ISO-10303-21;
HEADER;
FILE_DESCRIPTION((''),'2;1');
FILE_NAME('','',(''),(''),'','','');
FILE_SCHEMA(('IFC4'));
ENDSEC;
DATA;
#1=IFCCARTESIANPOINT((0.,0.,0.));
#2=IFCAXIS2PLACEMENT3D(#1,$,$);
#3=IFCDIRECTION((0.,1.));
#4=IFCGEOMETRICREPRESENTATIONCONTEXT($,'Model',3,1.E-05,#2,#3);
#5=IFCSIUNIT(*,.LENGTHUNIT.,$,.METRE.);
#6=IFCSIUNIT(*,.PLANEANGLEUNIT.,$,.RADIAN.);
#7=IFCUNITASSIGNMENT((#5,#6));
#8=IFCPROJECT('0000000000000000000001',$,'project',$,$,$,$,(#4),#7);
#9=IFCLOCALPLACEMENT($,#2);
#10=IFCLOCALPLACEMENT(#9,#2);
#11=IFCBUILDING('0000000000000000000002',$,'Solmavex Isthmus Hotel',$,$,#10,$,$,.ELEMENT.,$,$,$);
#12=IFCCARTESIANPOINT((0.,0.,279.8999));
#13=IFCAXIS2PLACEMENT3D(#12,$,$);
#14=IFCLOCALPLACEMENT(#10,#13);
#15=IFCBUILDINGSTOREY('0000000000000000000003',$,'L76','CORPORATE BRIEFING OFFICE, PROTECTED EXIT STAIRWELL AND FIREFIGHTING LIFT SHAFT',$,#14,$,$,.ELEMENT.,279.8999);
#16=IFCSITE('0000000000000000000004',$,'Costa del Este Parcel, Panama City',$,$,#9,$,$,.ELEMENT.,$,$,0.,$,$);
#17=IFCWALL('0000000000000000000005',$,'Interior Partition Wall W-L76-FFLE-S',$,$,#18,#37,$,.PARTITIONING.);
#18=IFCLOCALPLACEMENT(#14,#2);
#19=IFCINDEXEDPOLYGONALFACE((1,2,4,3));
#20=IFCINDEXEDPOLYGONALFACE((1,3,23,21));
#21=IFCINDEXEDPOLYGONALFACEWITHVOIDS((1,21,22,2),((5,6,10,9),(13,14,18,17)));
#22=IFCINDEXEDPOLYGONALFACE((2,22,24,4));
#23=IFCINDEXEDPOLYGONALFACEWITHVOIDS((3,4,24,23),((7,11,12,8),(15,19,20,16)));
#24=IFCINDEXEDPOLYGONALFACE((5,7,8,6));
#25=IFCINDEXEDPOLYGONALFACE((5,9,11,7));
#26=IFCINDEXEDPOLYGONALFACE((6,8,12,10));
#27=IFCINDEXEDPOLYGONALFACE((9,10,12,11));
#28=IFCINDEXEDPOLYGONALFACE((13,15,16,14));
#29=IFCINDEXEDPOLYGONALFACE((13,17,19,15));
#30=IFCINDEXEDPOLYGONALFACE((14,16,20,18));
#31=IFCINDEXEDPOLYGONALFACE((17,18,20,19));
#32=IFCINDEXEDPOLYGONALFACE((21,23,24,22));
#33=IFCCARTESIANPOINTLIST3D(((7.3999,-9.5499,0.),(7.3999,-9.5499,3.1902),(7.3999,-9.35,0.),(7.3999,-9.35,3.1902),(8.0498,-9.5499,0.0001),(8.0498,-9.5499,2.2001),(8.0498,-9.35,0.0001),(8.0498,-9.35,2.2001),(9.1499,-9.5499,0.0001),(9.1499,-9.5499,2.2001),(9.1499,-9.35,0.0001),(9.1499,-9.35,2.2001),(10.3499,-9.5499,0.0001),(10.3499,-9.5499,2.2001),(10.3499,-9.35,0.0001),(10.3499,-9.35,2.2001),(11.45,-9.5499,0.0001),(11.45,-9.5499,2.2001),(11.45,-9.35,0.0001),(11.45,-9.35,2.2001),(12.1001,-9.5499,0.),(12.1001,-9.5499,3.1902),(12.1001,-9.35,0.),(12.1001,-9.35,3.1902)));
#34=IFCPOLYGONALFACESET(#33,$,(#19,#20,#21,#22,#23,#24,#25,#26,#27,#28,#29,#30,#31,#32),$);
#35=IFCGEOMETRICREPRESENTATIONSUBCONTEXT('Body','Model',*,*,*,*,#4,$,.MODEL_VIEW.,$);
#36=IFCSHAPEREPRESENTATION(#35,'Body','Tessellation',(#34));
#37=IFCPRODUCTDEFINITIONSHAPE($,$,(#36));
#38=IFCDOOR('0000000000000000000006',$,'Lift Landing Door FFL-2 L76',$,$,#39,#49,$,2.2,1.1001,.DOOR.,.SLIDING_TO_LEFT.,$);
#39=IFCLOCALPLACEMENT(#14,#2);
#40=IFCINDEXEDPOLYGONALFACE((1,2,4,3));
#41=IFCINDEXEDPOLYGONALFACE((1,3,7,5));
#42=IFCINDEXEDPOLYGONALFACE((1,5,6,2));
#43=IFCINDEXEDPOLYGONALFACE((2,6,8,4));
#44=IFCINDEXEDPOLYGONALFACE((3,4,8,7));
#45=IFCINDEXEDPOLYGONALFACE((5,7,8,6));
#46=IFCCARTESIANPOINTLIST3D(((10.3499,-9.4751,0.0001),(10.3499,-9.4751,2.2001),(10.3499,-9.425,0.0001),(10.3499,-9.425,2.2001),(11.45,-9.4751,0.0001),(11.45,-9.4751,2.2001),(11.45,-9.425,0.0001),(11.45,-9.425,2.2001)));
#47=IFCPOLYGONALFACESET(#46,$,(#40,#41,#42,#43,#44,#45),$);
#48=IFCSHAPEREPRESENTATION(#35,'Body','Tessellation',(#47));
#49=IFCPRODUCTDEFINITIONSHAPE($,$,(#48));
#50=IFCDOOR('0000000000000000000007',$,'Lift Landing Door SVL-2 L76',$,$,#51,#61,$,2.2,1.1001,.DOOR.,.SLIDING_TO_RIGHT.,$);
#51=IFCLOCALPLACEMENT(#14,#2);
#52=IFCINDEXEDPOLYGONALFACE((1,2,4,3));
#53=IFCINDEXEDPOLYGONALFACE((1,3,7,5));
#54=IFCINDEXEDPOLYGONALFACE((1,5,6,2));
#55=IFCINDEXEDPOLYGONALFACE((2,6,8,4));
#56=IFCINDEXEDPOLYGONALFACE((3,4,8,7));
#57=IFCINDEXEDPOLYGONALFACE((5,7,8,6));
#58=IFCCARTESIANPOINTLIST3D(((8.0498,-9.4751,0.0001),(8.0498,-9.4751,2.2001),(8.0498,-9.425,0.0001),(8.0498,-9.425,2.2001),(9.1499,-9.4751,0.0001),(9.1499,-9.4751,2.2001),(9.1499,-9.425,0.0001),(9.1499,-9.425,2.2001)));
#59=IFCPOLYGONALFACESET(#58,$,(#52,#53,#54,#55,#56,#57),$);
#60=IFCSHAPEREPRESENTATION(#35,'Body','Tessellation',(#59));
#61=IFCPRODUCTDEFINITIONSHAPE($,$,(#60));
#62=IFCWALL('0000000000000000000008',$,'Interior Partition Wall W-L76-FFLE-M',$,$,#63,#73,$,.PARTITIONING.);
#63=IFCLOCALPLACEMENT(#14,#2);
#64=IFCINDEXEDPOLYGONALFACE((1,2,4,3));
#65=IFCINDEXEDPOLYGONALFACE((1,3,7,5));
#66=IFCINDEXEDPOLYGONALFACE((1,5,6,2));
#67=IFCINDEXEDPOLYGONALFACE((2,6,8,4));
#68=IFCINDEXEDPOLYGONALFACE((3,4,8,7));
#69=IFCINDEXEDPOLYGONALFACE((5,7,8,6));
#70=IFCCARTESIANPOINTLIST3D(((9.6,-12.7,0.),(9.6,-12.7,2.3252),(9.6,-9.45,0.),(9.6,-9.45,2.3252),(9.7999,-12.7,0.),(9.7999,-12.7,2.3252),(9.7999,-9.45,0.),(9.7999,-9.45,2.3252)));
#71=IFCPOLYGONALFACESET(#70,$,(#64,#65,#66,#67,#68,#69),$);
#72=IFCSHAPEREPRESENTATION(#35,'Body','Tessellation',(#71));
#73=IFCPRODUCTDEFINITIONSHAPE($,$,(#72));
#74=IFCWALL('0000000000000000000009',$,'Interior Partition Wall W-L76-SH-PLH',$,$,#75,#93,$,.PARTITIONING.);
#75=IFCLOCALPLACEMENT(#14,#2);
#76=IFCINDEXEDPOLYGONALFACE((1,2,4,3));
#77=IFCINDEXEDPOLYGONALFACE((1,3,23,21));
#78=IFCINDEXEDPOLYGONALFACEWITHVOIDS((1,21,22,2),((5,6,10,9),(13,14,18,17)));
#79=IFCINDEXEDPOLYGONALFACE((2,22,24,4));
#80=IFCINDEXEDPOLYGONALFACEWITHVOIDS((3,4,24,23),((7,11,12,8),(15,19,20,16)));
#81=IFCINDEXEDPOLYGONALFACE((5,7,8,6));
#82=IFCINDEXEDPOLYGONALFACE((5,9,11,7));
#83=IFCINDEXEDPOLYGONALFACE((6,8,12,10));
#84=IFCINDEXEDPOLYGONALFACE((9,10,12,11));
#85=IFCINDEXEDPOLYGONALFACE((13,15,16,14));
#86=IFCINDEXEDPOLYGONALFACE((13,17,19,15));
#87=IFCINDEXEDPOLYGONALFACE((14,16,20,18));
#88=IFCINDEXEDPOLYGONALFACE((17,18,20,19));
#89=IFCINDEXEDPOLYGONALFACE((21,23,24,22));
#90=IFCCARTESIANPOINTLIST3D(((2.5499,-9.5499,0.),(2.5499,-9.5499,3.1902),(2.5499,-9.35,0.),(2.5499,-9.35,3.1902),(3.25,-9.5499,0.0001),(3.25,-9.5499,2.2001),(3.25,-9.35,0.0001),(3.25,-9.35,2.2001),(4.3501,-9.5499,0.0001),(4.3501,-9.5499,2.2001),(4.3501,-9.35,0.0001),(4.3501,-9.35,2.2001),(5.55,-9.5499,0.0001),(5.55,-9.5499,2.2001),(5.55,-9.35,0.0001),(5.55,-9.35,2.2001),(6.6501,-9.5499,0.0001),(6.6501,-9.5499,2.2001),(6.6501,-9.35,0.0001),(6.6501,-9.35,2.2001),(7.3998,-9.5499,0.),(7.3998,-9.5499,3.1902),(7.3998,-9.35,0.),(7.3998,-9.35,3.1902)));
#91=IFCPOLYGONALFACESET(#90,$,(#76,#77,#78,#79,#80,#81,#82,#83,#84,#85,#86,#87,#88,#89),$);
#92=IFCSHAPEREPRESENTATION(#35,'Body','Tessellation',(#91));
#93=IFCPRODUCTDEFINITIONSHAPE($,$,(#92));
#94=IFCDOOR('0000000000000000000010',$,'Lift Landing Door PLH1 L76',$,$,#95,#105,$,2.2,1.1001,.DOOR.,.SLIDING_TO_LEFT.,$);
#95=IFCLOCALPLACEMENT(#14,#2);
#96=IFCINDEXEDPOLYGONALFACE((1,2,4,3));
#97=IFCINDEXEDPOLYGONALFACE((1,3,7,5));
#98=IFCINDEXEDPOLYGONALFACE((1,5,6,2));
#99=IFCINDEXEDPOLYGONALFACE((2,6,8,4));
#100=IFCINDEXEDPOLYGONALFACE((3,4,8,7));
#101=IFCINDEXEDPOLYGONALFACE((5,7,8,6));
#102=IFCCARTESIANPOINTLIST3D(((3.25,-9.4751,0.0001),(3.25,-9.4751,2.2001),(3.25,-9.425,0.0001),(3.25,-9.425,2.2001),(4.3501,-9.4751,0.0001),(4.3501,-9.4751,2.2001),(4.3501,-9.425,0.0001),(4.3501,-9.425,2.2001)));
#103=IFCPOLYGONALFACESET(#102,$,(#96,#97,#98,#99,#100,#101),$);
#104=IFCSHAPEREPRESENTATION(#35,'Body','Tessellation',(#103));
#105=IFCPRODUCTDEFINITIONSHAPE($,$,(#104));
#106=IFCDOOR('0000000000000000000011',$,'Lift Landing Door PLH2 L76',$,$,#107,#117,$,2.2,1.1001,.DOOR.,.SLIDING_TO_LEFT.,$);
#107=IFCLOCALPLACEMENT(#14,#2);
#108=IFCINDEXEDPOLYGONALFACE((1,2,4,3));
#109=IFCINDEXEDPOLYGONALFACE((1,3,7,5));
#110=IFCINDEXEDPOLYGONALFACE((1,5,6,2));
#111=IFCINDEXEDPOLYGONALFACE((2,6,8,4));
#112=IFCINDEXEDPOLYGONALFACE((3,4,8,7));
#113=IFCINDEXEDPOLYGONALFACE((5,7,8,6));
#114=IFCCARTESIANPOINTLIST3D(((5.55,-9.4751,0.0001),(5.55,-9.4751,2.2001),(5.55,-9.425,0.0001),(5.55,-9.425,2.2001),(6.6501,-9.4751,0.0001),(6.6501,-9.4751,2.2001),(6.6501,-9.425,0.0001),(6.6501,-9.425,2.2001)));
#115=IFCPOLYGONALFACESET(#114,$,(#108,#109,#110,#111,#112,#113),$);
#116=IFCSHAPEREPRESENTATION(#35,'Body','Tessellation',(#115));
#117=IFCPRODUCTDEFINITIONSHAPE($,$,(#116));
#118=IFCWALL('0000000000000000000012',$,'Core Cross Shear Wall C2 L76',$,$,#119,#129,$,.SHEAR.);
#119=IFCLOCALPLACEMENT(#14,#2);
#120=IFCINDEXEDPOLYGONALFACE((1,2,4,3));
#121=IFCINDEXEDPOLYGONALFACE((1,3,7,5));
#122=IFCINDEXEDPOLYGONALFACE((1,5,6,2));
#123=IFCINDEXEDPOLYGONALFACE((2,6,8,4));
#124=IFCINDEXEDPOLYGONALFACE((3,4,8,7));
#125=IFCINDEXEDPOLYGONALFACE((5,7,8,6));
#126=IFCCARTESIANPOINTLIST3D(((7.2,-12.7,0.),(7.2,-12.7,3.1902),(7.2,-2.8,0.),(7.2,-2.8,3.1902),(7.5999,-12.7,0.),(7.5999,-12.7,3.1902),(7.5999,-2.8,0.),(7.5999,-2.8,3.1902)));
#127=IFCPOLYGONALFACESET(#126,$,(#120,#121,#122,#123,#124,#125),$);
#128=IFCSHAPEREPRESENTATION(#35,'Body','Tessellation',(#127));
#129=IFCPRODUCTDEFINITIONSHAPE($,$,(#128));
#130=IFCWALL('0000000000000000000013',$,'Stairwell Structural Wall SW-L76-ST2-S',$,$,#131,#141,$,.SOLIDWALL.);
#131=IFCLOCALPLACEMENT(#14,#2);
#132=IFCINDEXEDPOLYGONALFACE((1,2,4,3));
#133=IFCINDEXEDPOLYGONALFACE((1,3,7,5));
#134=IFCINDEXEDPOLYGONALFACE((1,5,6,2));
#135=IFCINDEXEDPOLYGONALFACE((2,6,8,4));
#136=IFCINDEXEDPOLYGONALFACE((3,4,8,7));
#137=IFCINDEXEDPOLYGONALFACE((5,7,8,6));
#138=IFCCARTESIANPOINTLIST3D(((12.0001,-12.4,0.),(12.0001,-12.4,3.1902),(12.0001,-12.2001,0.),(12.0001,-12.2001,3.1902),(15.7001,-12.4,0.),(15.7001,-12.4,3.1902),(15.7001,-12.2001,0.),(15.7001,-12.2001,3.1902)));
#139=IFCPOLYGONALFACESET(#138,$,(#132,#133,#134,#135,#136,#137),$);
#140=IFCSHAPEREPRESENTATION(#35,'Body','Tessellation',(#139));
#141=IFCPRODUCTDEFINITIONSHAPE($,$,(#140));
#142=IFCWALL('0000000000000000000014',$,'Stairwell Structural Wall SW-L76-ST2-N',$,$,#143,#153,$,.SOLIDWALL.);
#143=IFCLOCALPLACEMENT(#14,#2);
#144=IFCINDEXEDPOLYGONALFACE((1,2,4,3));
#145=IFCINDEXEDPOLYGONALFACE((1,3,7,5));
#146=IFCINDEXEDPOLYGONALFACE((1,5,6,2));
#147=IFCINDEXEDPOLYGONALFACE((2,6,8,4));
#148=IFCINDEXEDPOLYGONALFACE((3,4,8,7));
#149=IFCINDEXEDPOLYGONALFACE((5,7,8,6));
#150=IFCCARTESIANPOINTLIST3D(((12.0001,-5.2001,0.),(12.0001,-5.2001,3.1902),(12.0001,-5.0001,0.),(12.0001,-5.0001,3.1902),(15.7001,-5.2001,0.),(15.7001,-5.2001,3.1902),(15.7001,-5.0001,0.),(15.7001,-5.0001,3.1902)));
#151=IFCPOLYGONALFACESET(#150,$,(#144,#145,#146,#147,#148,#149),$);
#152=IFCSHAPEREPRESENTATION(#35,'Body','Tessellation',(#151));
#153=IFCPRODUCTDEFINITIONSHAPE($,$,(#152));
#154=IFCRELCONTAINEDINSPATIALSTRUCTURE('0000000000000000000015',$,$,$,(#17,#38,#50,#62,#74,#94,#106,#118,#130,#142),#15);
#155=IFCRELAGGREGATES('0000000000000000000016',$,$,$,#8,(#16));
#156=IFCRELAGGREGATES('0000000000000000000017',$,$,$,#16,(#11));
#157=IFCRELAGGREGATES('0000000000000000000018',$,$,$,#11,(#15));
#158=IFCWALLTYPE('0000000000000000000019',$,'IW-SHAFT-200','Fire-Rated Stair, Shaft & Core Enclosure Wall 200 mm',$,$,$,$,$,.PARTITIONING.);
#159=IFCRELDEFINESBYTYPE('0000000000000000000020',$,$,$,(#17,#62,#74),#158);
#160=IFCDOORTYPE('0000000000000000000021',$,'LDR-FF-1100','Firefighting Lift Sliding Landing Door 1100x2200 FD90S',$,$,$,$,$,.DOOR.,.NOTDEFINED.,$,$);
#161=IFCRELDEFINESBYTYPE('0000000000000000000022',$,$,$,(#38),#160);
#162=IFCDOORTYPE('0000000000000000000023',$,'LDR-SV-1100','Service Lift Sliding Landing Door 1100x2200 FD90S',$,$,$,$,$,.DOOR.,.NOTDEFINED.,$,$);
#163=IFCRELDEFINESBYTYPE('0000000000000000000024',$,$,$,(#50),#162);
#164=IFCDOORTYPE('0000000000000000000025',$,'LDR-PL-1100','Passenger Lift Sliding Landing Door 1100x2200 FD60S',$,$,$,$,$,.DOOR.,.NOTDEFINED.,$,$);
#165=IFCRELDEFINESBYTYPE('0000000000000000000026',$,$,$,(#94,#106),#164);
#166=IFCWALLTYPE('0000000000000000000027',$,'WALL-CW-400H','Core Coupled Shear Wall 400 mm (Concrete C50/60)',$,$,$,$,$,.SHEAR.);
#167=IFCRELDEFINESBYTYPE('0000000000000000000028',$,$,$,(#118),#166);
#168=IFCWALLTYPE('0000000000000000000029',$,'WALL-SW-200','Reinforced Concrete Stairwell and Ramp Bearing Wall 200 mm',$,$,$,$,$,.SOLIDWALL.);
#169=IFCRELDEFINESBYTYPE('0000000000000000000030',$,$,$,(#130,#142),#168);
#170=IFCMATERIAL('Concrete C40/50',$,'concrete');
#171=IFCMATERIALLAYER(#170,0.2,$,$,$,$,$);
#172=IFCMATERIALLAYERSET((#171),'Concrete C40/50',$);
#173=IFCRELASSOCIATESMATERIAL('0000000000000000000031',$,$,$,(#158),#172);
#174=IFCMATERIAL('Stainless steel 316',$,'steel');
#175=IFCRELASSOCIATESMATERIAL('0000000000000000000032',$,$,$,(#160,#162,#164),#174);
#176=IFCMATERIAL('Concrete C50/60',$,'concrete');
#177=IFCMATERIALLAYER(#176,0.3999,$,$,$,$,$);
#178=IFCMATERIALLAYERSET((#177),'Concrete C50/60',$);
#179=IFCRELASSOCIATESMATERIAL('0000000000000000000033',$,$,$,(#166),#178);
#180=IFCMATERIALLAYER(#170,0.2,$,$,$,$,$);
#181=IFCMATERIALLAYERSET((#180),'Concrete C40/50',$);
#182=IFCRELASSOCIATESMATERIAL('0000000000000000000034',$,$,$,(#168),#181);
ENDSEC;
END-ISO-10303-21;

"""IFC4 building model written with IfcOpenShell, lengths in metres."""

from ifc_helpers import new_model, si_unit, direction, frame, frame_2d, origin, place, context, subcontext, project, spatial, rectangle, extrude, material, layer, layer_set, type_object, element, fill, save


model = new_model("IFC4")

# Units and contexts
model_context = context("Model", 3, precision=1e-05, world=origin(), true_north=direction((0.0, 1.0)))
body_context = subcontext(model_context, "Body", "Model", "MODEL_VIEW")
ifc_project = project(units=[si_unit("LENGTHUNIT", "METRE"), si_unit("PLANEANGLEUNIT", "RADIAN")], contexts=[model_context])

# Site, building, storey
site_placement = place(None, origin())
site = spatial("IfcSite", under=ifc_project, at=site_placement, Name="Costa del Este Parcel, Panama City", CompositionType="ELEMENT", RefElevation=0.0)
building_placement = place(site_placement, origin())
building = spatial("IfcBuilding", under=site, at=building_placement, Name="Solmavex Isthmus Hotel", CompositionType="ELEMENT")
storey_placement = place(building_placement, frame((0.0, 0.0, 279.8999)))
storey = spatial("IfcBuildingStorey", under=building, at=storey_placement, Name="L76", Description="CORPORATE BRIEFING OFFICE, PROTECTED EXIT STAIRWELL AND FIREFIGHTING LIFT SHAFT", CompositionType="ELEMENT", Elevation=279.8999)

# Shared definitions
ifc_material_1 = material(Name="Concrete C50/60", Category="concrete")

# Shared definitions
ifc_material_2 = material(Name="Concrete C40/50", Category="concrete")

# Shared definitions
ifc_layer_1 = layer(ifc_material_2, 0.2)
ifc_layer_set_1 = layer_set([ifc_layer_1], Name="Concrete C40/50")
wall_type_1 = type_object("IfcWallType", Name="IW-SHAFT-200", Description="Fire-Rated Stair, Shaft & Core Enclosure Wall 200 mm", PredefinedType="PARTITIONING", material=ifc_layer_set_1)

# Wall, openings, doors
wall_1_placement = place(storey_placement, frame((7.3999, -9.45, 0.0), z_axis=(0.0, 0.0, 1.0), x_axis=(1.0, 0.0, 0.0)))
wall_1 = element("IfcWall", 1, at=wall_1_placement, inside=storey, type_object=wall_type_1, Name="Interior Partition Wall W-L76-FFLE-S", PredefinedType="PARTITIONING", context=body_context, shape_type="SweptSolid", body=[
    extrude(rectangle(XDim=4.7002, YDim=0.2, at=frame_2d((2.3501, 0.0))), origin(), (0.0, 0.0, 1.0), 3.1902),
])
opening_1_placement = place(wall_1_placement, frame((2.95, 0.0, 0.0)))
opening_1 = element("IfcOpeningElement", 2, at=opening_1_placement, cuts=wall_1, PredefinedType="OPENING", context=body_context, shape_type="SweptSolid", body=[
    extrude(rectangle(XDim=1.1001, YDim=2.2, at=frame_2d((0.55, 1.1001))), frame((0.0, 0.1099, 0.0), z_axis=(0.0, -1.0, 0.0), x_axis=(1.0, 0.0, 0.0)), (0.0, 0.0, 1.0), 0.22),
])
opening_2_placement = place(wall_1_placement, frame((0.6499, 0.0, 0.0)))
opening_2 = element("IfcOpeningElement", 3, at=opening_2_placement, cuts=wall_1, PredefinedType="OPENING", context=body_context, shape_type="SweptSolid", body=[
    extrude(rectangle(XDim=1.1001, YDim=2.2, at=frame_2d((0.55, 1.1001))), frame((0.0, 0.1099, 0.0), z_axis=(0.0, -1.0, 0.0), x_axis=(1.0, 0.0, 0.0)), (0.0, 0.0, 1.0), 0.22),
])
ifc_material_3 = material(Name="Stainless steel 316", Category="steel")
door_type_1 = type_object("IfcDoorType", Name="LDR-FF-1100", Description="Firefighting Lift Sliding Landing Door 1100x2200 FD90S", OperationType="NOTDEFINED", PredefinedType="DOOR", material=ifc_material_3)
door_1_placement = place(opening_1_placement, origin())
door_1 = element("IfcDoor", 4, at=door_1_placement, inside=storey, type_object=door_type_1, Name="Lift Landing Door FFL-2 L76", OperationType="SLIDING_TO_LEFT", OverallHeight=2.2, OverallWidth=1.1001, PredefinedType="DOOR", context=body_context, shape_type="SweptSolid", body=[
    extrude(rectangle(XDim=1.1001, YDim=2.2, at=frame_2d((0.55, 1.1001))), frame((0.0, 0.0249, 0.0), z_axis=(0.0, -1.0, 0.0), x_axis=(1.0, 0.0, 0.0)), (0.0, 0.0, 1.0), 0.05),
])
fill(opening_1, door_1)
door_type_2 = type_object("IfcDoorType", Name="LDR-SV-1100", Description="Service Lift Sliding Landing Door 1100x2200 FD90S", OperationType="NOTDEFINED", PredefinedType="DOOR", material=ifc_material_3)
door_2_placement = place(opening_2_placement, origin())
door_2 = element("IfcDoor", 5, at=door_2_placement, inside=storey, type_object=door_type_2, Name="Lift Landing Door SVL-2 L76", OperationType="SLIDING_TO_RIGHT", OverallHeight=2.2, OverallWidth=1.1001, PredefinedType="DOOR", context=body_context, shape_type="SweptSolid", body=[
    extrude(rectangle(XDim=1.1001, YDim=2.2, at=frame_2d((0.55, 1.1001))), frame((0.0, 0.0249, 0.0), z_axis=(0.0, -1.0, 0.0), x_axis=(1.0, 0.0, 0.0)), (0.0, 0.0, 1.0), 0.05),
])
fill(opening_2, door_2)

# Wall
wall_2_placement = place(storey_placement, frame((9.7, -12.7, 0.0), z_axis=(0.0, 0.0, 1.0), x_axis=(0.0, 1.0, 0.0)))
element("IfcWall", 6, at=wall_2_placement, inside=storey, type_object=wall_type_1, Name="Interior Partition Wall W-L76-FFLE-M", PredefinedType="PARTITIONING", context=body_context, shape_type="SweptSolid", body=[
    extrude(rectangle(XDim=3.25, YDim=0.2, at=frame_2d((1.625, 0.0))), origin(), (0.0, 0.0, 1.0), 2.3252),
])

# Wall, openings, doors
wall_3_placement = place(storey_placement, frame((2.55, -9.45, 0.0), z_axis=(0.0, 0.0, 1.0), x_axis=(1.0, 0.0, 0.0)))
wall_3 = element("IfcWall", 7, at=wall_3_placement, inside=storey, type_object=wall_type_1, Name="Interior Partition Wall W-L76-SH-PLH", PredefinedType="PARTITIONING", context=body_context, shape_type="SweptSolid", body=[
    extrude(rectangle(XDim=4.8499, YDim=0.2, at=frame_2d((2.4248, 0.0))), origin(), (0.0, 0.0, 1.0), 3.1902),
])
opening_3_placement = place(wall_3_placement, frame((0.7, 0.0, 0.0)))
opening_3 = element("IfcOpeningElement", 8, at=opening_3_placement, cuts=wall_3, PredefinedType="OPENING", context=body_context, shape_type="SweptSolid", body=[
    extrude(rectangle(XDim=1.1001, YDim=2.2, at=frame_2d((0.55, 1.1001))), frame((0.0, 0.1099, 0.0), z_axis=(0.0, -1.0, 0.0), x_axis=(1.0, 0.0, 0.0)), (0.0, 0.0, 1.0), 0.22),
])
opening_4_placement = place(wall_3_placement, frame((3.0, 0.0, 0.0)))
opening_4 = element("IfcOpeningElement", 9, at=opening_4_placement, cuts=wall_3, PredefinedType="OPENING", context=body_context, shape_type="SweptSolid", body=[
    extrude(rectangle(XDim=1.1001, YDim=2.2, at=frame_2d((0.55, 1.1001))), frame((0.0, 0.1099, 0.0), z_axis=(0.0, -1.0, 0.0), x_axis=(1.0, 0.0, 0.0)), (0.0, 0.0, 1.0), 0.22),
])
door_type_3 = type_object("IfcDoorType", Name="LDR-PL-1100", Description="Passenger Lift Sliding Landing Door 1100x2200 FD60S", OperationType="NOTDEFINED", PredefinedType="DOOR", material=ifc_material_3)
door_3_placement = place(opening_3_placement, origin())
door_3 = element("IfcDoor", 10, at=door_3_placement, inside=storey, type_object=door_type_3, Name="Lift Landing Door PLH1 L76", OperationType="SLIDING_TO_LEFT", OverallHeight=2.2, OverallWidth=1.1001, PredefinedType="DOOR", context=body_context, shape_type="SweptSolid", body=[
    extrude(rectangle(XDim=1.1001, YDim=2.2, at=frame_2d((0.55, 1.1001))), frame((0.0, 0.0249, 0.0), z_axis=(0.0, -1.0, 0.0), x_axis=(1.0, 0.0, 0.0)), (0.0, 0.0, 1.0), 0.05),
])
fill(opening_3, door_3)
door_4_placement = place(opening_4_placement, origin())
door_4 = element("IfcDoor", 11, at=door_4_placement, inside=storey, type_object=door_type_3, Name="Lift Landing Door PLH2 L76", OperationType="SLIDING_TO_LEFT", OverallHeight=2.2, OverallWidth=1.1001, PredefinedType="DOOR", context=body_context, shape_type="SweptSolid", body=[
    extrude(rectangle(XDim=1.1001, YDim=2.2, at=frame_2d((0.55, 1.1001))), frame((0.0, 0.0249, 0.0), z_axis=(0.0, -1.0, 0.0), x_axis=(1.0, 0.0, 0.0)), (0.0, 0.0, 1.0), 0.05),
])
fill(opening_4, door_4)

# Walls
ifc_layer_2 = layer(ifc_material_1, 0.3999)
ifc_layer_set_2 = layer_set([ifc_layer_2], Name="Concrete C50/60")
wall_type_2 = type_object("IfcWallType", Name="WALL-CW-400H", Description="Core Coupled Shear Wall 400 mm (Concrete C50/60)", PredefinedType="SHEAR", material=ifc_layer_set_2)
wall_4_placement = place(storey_placement, frame((7.3999, -12.7, 0.0), z_axis=(0.0, 0.0, 1.0), x_axis=(0.0, 1.0, 0.0)))
element("IfcWall", 12, at=wall_4_placement, inside=storey, type_object=wall_type_2, Name="Core Cross Shear Wall C2 L76", PredefinedType="SHEAR", context=body_context, shape_type="SweptSolid", body=[
    extrude(rectangle(XDim=9.8999, YDim=0.3999, at=frame_2d((4.95, 0.0))), origin(), (0.0, 0.0, 1.0), 3.1902),
])
ifc_layer_3 = layer(ifc_material_2, 0.2)
ifc_layer_set_3 = layer_set([ifc_layer_3], Name="Concrete C40/50")
wall_type_3 = type_object("IfcWallType", Name="WALL-SW-200", Description="Reinforced Concrete Stairwell and Ramp Bearing Wall 200 mm", PredefinedType="SOLIDWALL", material=ifc_layer_set_3)
for number, where, z_axis, x_axis, name in (
    (13, (12.0, -12.3, 0.0), (0.0, 0.0, 1.0), (1.0, 0.0, 0.0), "Stairwell Structural Wall SW-L76-ST2-S"),
    (14, (12.0, -5.1001, 0.0), (0.0, 0.0, 1.0), (1.0, 0.0, 0.0), "Stairwell Structural Wall SW-L76-ST2-N"),
):
    element("IfcWall", number, at=place(storey_placement, frame(where, z_axis=z_axis, x_axis=x_axis)), inside=storey, type_object=wall_type_3, Name=name, PredefinedType="SOLIDWALL", context=body_context, shape_type="SweptSolid", body=[
        extrude(rectangle(XDim=3.7, YDim=0.2, at=frame_2d((1.8501, 0.0))), origin(), (0.0, 0.0, 1.0), 3.1902),
    ])

save(model, "model.ifc")
